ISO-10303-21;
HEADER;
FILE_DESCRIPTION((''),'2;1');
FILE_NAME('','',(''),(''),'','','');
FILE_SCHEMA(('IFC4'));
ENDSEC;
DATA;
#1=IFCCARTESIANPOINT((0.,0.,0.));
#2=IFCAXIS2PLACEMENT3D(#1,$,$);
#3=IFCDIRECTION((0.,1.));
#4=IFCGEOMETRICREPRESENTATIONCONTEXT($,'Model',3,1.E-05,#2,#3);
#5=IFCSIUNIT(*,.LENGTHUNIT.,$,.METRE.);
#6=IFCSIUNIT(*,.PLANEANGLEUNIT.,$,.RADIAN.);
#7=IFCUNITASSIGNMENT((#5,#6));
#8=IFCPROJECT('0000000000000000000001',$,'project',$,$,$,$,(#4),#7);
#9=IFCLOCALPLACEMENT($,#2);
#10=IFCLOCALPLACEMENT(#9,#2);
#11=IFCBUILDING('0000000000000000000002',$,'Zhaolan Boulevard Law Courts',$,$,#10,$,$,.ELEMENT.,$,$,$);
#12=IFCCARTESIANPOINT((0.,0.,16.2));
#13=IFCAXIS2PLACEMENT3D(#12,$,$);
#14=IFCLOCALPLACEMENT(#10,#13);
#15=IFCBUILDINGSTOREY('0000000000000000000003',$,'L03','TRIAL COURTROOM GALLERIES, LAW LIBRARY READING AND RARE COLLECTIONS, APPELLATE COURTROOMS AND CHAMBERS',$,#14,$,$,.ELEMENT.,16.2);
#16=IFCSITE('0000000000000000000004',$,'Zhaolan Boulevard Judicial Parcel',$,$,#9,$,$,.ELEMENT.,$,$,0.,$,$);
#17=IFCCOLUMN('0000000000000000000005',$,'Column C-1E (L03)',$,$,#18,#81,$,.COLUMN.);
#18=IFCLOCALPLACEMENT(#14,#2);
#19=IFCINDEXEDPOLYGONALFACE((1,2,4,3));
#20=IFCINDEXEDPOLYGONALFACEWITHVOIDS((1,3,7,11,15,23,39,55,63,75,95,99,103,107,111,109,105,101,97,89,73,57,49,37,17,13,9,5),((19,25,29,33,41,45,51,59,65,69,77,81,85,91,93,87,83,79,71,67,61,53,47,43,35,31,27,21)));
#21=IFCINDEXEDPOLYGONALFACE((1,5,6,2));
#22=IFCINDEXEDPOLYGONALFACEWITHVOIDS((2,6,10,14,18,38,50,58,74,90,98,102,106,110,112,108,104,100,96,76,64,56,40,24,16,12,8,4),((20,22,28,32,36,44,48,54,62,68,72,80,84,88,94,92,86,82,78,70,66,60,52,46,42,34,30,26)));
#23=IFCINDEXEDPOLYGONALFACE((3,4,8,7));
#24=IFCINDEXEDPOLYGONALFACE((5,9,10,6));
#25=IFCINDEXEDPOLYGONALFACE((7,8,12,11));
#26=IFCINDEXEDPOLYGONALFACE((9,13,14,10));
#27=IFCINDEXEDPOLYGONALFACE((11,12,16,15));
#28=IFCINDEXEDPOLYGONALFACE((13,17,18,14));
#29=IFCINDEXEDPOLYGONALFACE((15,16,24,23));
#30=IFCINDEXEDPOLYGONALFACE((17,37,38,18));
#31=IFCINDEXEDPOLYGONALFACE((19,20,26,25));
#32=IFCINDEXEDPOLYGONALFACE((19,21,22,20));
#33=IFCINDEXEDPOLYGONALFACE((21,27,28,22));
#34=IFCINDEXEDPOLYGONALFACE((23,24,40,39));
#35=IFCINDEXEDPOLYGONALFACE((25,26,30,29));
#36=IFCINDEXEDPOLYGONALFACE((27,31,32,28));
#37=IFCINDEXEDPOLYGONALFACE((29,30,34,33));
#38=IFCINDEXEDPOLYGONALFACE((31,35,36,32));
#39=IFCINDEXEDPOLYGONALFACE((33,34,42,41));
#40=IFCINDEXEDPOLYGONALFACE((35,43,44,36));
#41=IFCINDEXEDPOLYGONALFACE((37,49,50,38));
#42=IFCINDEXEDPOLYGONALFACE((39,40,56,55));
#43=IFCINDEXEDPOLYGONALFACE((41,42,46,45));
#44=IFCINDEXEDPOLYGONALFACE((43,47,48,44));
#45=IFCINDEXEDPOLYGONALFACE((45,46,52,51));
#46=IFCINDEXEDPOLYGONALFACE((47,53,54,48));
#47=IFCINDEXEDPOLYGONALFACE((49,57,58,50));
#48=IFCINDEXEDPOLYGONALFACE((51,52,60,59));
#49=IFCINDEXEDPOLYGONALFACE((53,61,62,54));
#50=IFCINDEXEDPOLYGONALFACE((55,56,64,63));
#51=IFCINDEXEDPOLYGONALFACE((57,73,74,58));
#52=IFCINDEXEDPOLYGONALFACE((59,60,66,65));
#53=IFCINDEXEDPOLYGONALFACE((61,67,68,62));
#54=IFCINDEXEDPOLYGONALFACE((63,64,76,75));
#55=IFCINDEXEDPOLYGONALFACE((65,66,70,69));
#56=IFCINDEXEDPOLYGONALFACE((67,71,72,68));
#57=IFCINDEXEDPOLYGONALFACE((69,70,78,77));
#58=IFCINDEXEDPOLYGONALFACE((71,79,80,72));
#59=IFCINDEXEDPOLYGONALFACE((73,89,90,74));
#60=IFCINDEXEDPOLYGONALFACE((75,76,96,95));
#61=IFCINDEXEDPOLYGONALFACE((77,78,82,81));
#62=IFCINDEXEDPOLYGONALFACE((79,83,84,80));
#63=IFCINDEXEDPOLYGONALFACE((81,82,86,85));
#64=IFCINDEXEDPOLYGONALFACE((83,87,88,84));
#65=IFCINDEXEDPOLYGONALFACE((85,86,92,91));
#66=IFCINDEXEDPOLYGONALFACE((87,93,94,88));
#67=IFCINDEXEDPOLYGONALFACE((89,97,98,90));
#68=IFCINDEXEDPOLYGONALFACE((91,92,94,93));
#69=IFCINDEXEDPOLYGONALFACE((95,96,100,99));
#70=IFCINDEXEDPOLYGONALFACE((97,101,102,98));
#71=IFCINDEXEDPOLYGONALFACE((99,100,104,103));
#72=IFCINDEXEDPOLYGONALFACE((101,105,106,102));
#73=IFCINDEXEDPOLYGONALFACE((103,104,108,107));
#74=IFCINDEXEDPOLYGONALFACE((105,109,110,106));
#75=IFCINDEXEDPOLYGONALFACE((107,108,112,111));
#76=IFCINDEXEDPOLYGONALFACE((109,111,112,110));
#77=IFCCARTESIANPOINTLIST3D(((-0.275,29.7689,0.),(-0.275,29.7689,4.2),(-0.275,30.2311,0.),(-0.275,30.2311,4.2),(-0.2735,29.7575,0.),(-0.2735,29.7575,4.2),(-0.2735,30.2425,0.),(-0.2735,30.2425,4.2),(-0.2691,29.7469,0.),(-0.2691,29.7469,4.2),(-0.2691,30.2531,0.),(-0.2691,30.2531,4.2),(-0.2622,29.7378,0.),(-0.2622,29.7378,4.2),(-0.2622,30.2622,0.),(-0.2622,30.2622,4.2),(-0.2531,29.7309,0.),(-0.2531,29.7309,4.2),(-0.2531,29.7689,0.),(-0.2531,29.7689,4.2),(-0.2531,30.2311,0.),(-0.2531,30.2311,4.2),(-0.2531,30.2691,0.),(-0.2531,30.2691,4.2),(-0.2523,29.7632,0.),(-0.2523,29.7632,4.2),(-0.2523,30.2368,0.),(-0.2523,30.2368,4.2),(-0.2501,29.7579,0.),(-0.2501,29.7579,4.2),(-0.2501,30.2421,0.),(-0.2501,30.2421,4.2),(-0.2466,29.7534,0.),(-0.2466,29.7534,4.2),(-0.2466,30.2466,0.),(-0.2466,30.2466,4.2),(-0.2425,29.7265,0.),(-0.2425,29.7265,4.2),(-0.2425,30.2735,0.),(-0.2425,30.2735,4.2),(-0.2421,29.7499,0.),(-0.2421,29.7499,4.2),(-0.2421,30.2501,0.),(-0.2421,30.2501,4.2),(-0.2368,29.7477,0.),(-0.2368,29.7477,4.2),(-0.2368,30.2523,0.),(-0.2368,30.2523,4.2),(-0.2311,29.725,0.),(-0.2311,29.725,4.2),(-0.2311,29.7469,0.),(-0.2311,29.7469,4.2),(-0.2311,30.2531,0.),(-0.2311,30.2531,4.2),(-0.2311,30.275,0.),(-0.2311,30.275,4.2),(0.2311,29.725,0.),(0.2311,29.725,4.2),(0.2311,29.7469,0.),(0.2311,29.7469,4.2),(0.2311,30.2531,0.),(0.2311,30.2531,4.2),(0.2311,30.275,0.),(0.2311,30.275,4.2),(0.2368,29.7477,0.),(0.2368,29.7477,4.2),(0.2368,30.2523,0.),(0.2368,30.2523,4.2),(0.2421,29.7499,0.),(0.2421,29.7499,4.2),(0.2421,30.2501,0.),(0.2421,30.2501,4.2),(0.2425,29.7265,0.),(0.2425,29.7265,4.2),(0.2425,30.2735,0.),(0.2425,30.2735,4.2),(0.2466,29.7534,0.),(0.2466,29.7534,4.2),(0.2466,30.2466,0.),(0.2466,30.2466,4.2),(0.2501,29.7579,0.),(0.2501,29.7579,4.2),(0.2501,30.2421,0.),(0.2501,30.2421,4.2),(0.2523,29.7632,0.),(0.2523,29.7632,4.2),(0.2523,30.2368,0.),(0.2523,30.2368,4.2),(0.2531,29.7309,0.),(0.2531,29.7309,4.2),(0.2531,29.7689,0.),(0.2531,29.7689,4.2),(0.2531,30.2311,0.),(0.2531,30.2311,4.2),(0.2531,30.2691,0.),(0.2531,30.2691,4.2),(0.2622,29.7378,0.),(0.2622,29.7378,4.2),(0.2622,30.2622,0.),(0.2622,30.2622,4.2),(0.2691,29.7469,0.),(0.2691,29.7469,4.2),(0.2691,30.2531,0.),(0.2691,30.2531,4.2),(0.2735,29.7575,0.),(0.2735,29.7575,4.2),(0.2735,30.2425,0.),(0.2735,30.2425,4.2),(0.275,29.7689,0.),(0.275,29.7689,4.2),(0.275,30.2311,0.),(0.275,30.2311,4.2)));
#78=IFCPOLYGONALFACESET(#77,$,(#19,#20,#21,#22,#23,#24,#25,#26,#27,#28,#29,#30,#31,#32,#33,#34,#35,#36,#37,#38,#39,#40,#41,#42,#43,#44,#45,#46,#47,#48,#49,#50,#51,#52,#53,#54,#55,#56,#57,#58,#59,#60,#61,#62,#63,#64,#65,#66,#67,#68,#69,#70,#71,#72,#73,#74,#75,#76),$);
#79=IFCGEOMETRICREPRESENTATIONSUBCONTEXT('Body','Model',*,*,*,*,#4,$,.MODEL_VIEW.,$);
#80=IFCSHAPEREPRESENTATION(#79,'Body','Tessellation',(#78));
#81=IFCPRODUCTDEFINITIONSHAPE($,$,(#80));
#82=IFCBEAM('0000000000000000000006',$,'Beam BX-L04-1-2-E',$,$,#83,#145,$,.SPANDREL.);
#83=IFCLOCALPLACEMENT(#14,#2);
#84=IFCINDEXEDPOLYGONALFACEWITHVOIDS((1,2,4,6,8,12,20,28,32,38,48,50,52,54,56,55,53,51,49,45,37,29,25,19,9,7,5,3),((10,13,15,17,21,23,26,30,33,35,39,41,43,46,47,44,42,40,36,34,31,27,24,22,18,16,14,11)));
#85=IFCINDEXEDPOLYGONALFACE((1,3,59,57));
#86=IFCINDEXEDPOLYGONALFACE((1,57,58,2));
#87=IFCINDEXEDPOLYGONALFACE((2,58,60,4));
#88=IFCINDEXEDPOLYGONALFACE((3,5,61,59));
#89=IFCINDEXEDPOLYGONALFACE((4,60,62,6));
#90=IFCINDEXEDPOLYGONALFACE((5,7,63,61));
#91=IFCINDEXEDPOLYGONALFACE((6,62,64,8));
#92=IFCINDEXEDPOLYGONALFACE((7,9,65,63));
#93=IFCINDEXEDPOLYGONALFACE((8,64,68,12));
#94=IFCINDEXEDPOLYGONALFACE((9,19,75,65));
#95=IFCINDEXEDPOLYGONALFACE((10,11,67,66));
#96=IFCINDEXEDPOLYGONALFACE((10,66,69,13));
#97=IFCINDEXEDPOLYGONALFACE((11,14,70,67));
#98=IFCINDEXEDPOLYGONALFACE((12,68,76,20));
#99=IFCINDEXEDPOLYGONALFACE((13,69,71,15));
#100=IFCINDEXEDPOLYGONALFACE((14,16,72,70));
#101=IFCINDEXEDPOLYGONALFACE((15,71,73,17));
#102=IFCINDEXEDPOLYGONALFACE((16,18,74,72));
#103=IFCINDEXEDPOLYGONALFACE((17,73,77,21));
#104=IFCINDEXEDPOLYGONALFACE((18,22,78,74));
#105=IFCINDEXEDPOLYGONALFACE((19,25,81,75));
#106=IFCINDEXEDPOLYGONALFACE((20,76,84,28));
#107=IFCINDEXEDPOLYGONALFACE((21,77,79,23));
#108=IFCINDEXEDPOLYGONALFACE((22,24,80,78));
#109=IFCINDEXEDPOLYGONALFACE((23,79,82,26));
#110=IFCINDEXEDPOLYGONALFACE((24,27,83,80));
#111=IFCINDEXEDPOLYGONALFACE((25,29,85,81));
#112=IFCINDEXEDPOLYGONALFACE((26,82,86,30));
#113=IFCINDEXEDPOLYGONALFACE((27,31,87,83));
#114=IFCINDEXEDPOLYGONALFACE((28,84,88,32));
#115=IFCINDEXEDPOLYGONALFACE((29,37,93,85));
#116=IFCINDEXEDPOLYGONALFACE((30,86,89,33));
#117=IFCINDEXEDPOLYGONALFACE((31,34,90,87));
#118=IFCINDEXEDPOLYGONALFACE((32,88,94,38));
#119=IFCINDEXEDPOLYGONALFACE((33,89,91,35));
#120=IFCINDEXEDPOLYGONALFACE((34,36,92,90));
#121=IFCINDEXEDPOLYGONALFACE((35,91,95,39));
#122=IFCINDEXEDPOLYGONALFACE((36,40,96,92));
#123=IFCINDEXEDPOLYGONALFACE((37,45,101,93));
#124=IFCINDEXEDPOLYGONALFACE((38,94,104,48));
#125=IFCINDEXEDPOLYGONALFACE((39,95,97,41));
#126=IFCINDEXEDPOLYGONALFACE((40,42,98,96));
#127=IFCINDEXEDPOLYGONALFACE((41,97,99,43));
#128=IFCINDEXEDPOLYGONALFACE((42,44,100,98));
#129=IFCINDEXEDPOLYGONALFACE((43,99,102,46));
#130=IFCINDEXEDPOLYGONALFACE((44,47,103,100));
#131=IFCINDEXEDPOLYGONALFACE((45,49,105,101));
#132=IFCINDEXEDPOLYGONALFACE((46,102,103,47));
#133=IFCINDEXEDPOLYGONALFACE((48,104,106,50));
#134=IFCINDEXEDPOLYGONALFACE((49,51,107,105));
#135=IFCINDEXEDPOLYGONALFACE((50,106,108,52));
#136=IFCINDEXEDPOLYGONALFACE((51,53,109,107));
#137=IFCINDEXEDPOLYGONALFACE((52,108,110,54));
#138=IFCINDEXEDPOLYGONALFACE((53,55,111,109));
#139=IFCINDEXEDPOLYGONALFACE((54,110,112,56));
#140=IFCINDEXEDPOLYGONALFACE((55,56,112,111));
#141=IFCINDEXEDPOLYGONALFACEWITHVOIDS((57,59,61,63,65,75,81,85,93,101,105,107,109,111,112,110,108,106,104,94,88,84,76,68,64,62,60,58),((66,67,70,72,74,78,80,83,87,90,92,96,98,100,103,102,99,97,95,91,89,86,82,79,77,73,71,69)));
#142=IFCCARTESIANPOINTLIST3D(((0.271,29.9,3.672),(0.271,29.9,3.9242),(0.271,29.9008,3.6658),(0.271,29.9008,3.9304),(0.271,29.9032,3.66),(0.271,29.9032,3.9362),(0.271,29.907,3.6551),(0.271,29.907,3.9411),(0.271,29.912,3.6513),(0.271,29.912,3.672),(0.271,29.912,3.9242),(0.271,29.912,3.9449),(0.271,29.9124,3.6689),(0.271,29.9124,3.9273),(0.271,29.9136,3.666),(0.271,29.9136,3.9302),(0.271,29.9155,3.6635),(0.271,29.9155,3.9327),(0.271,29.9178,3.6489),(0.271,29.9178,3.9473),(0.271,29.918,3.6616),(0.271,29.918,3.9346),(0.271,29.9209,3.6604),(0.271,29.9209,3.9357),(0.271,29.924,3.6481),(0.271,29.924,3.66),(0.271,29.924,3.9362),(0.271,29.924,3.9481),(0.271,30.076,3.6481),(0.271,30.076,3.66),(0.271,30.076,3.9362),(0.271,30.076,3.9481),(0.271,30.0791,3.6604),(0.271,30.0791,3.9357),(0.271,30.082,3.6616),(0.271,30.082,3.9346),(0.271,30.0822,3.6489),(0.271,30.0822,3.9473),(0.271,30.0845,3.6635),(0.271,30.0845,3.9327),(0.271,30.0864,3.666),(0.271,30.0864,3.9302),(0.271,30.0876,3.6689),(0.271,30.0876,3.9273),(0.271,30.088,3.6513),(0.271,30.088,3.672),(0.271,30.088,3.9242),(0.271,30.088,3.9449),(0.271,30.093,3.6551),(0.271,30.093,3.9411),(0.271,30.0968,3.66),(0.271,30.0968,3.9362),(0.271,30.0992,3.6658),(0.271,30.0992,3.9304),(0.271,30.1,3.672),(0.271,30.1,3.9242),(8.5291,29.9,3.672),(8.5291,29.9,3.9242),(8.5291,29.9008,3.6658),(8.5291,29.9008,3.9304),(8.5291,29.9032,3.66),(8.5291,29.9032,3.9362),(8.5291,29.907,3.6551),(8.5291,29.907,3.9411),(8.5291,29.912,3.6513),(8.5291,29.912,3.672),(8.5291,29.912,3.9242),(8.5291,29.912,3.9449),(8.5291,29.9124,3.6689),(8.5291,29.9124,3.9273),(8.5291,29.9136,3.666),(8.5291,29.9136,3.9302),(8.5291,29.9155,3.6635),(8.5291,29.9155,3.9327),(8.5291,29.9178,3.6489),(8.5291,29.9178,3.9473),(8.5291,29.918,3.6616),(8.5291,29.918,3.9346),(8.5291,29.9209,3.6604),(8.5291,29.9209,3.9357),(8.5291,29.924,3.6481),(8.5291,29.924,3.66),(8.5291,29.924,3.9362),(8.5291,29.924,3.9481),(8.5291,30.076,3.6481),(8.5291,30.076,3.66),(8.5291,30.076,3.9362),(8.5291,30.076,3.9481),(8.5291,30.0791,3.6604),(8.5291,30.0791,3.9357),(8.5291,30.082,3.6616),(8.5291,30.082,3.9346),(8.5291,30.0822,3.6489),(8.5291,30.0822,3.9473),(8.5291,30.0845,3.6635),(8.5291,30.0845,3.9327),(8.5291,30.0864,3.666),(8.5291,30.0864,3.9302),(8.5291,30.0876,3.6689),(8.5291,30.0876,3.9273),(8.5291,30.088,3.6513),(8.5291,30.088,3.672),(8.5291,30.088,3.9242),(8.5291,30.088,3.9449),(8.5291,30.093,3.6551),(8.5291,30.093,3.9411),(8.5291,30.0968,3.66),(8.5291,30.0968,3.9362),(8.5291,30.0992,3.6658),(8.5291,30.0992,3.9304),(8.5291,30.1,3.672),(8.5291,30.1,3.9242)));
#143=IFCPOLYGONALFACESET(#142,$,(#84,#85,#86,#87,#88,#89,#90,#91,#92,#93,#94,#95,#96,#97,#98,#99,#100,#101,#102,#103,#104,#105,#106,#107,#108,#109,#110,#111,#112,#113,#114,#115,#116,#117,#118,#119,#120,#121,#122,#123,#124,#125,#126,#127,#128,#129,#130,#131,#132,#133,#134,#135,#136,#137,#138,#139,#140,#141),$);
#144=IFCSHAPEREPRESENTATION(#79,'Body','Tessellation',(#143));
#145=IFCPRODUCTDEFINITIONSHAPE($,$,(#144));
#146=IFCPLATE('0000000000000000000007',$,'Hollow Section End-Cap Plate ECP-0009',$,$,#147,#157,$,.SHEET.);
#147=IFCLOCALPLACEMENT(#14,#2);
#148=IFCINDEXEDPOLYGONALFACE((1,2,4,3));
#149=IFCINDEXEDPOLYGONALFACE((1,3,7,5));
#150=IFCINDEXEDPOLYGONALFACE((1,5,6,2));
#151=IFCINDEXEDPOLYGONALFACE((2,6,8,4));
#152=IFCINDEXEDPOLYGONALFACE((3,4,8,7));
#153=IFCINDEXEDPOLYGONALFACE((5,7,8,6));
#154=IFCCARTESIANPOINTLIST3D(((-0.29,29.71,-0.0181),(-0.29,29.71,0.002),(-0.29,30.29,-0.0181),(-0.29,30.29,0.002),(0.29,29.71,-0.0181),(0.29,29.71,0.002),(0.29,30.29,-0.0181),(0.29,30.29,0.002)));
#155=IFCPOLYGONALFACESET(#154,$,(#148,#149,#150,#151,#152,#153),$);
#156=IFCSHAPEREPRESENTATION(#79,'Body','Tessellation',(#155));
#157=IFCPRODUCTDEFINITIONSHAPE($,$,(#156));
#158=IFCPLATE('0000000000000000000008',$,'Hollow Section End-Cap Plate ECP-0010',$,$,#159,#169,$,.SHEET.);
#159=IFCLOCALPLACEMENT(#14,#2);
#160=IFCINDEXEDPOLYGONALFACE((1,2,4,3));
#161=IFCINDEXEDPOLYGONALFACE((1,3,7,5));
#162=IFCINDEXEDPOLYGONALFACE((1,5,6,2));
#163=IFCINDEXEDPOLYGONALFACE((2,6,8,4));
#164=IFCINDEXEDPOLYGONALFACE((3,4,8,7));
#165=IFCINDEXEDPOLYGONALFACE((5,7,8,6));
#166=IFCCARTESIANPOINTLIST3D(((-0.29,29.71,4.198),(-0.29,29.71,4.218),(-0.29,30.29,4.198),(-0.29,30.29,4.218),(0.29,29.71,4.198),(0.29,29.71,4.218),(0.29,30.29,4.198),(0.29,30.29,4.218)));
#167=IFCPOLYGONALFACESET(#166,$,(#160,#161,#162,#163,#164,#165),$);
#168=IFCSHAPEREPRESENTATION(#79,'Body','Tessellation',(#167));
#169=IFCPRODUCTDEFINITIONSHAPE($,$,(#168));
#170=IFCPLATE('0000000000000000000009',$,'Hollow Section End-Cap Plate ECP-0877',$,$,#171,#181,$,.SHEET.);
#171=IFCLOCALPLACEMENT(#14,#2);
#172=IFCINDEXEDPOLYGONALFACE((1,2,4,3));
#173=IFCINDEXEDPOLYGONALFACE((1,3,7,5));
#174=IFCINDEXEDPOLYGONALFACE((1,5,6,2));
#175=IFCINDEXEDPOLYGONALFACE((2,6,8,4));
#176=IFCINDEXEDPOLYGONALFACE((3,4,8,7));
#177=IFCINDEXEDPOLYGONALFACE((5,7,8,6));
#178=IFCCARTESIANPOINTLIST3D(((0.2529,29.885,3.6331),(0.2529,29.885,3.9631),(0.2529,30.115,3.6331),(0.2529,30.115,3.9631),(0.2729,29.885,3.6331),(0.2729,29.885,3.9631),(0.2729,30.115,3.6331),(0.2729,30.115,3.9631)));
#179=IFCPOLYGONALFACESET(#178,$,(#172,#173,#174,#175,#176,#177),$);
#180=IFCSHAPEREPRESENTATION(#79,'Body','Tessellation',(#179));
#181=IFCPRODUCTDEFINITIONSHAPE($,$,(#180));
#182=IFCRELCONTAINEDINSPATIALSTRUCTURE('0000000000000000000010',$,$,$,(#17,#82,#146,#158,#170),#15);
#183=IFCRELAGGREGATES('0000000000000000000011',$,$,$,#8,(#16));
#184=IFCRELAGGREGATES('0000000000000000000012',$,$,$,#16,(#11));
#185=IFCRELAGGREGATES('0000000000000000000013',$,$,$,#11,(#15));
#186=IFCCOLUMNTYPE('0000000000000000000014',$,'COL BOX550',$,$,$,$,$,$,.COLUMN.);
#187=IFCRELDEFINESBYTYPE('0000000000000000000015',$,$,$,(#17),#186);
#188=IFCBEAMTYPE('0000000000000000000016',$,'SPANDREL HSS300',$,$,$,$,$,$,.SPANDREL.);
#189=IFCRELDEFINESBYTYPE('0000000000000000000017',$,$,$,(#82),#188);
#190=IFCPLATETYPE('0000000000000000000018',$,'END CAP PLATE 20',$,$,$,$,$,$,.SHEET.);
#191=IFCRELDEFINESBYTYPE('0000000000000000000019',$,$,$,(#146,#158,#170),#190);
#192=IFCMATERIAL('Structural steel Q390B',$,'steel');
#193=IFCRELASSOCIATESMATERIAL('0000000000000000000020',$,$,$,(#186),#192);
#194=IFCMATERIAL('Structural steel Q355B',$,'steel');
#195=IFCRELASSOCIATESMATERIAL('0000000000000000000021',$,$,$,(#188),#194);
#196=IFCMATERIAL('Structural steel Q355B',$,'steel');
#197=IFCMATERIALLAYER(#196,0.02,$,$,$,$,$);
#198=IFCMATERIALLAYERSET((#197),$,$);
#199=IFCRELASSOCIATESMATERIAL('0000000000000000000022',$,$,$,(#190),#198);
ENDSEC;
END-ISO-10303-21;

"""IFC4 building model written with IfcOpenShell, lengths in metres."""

from ifc_helpers import new_model, si_unit, direction, frame, origin, origin_2d, place, context, subcontext, project, spatial, rectangle, hollow_rectangle, extrude, material, layer, layer_set, material_profile, profile_set, type_object, element, save


model = new_model("IFC4")

# Units and contexts
model_context = context("Model", 3, precision=1e-05, world=origin(), true_north=direction((0.0, 1.0)))
body_context = subcontext(model_context, "Body", "Model", "MODEL_VIEW")
ifc_project = project(units=[si_unit("LENGTHUNIT", "METRE"), si_unit("PLANEANGLEUNIT", "RADIAN")], contexts=[model_context])

# Site, building, storey
site_placement = place(None, origin())
site = spatial("IfcSite", under=ifc_project, at=site_placement, Name="Zhaolan Boulevard Judicial Parcel", CompositionType="ELEMENT", RefElevation=0.0)
building_placement = place(site_placement, origin())
building = spatial("IfcBuilding", under=site, at=building_placement, Name="Zhaolan Boulevard Law Courts", CompositionType="ELEMENT")
storey_placement = place(building_placement, frame((0.0, 0.0, 16.2)))
storey = spatial("IfcBuildingStorey", under=building, at=storey_placement, Name="L03", Description="TRIAL COURTROOM GALLERIES, LAW LIBRARY READING AND RARE COLLECTIONS, APPELLATE COURTROOMS AND CHAMBERS", CompositionType="ELEMENT", Elevation=16.2)

# Column
ifc_material_1 = material(Name="Structural steel Q390B", Category="steel")
ifc_material_profile_1 = material_profile(ifc_material_1, hollow_rectangle(XDim=0.55, YDim=0.55, WallThickness=0.022, InnerFilletRadius=0.022, OuterFilletRadius=0.0439, at=origin_2d()), Name="BOX550x550x22")
ifc_profile_set_1 = profile_set([ifc_material_profile_1], Name="Structural steel Q390B")
column_type = type_object("IfcColumnType", Name="COL BOX550", PredefinedType="COLUMN", material=ifc_profile_set_1)
column_placement = place(storey_placement, frame((0.0, 30.0, 0.0), z_axis=(0.0, 0.0, 1.0), x_axis=(1.0, 0.0, 0.0)))
element("IfcColumn", 1, at=column_placement, inside=storey, type_object=column_type, Name="Column C-1E (L03)", PredefinedType="COLUMN", context=body_context, shape_type="SweptSolid", body=[
    extrude(hollow_rectangle(XDim=0.55, YDim=0.55, WallThickness=0.022, InnerFilletRadius=0.022, OuterFilletRadius=0.0439, at=origin_2d()), origin(), (0.0, 0.0, 1.0), 4.2),
])

# Beam
ifc_material_2 = material(Name="Structural steel Q355B", Category="steel")
ifc_material_profile_2 = material_profile(ifc_material_2, hollow_rectangle(XDim=0.2, YDim=0.3, WallThickness=0.012, InnerFilletRadius=0.012, OuterFilletRadius=0.0239, at=origin_2d()), Name="HSS300x200x12")
ifc_profile_set_2 = profile_set([ifc_material_profile_2], Name="Structural steel Q355B")
beam_type = type_object("IfcBeamType", Name="SPANDREL HSS300", PredefinedType="SPANDREL", material=ifc_profile_set_2)
beam_placement = place(storey_placement, frame((0.271, 30.0, 3.7981), z_axis=(1.0, 0.0, 0.0), x_axis=(0.0, 1.0, 0.0)))
element("IfcBeam", 2, at=beam_placement, inside=storey, type_object=beam_type, Name="Beam BX-L04-1-2-E", PredefinedType="SPANDREL", context=body_context, shape_type="SweptSolid", body=[
    extrude(hollow_rectangle(XDim=0.2, YDim=0.3, WallThickness=0.012, InnerFilletRadius=0.012, OuterFilletRadius=0.0239, at=origin_2d()), origin(), (0.0, 0.0, 1.0), 8.2581),
])

# Plates
ifc_material_3 = material(Name="Structural steel Q355B", Category="steel")
ifc_layer_1 = layer(ifc_material_3, 0.02)
ifc_layer_set_1 = layer_set([ifc_layer_1])
plate_type = type_object("IfcPlateType", Name="END CAP PLATE 20", PredefinedType="SHEET", material=ifc_layer_set_1)
for number, where, z_axis, x_axis, name in (
    (3, (0.0, 30.0, -0.0181), (0.0, 0.0, 1.0), (1.0, 0.0, 0.0), "Hollow Section End-Cap Plate ECP-0009"),
    (4, (0.0, 30.0, 4.198), (0.0, 0.0, 1.0), (1.0, 0.0, 0.0), "Hollow Section End-Cap Plate ECP-0010"),
):
    element("IfcPlate", number, at=place(storey_placement, frame(where, z_axis=z_axis, x_axis=x_axis)), inside=storey, type_object=plate_type, Name=name, PredefinedType="SHEET", context=body_context, shape_type="SweptSolid", body=[
        extrude(rectangle(XDim=0.5801, YDim=0.5801, at=origin_2d()), origin(), (0.0, 0.0, 1.0), 0.02),
    ])
plate_placement = place(storey_placement, frame((0.2629, 30.0, 3.6331), z_axis=(0.0, 0.0, 1.0), x_axis=(1.0, 0.0, 0.0)))
element("IfcPlate", 5, at=plate_placement, inside=storey, type_object=plate_type, Name="Hollow Section End-Cap Plate ECP-0877", PredefinedType="SHEET", context=body_context, shape_type="SweptSolid", body=[
    extrude(rectangle(XDim=0.02, YDim=0.23, at=origin_2d()), origin(), (0.0, 0.0, 1.0), 0.3301),
])

save(model, "model.ifc")
